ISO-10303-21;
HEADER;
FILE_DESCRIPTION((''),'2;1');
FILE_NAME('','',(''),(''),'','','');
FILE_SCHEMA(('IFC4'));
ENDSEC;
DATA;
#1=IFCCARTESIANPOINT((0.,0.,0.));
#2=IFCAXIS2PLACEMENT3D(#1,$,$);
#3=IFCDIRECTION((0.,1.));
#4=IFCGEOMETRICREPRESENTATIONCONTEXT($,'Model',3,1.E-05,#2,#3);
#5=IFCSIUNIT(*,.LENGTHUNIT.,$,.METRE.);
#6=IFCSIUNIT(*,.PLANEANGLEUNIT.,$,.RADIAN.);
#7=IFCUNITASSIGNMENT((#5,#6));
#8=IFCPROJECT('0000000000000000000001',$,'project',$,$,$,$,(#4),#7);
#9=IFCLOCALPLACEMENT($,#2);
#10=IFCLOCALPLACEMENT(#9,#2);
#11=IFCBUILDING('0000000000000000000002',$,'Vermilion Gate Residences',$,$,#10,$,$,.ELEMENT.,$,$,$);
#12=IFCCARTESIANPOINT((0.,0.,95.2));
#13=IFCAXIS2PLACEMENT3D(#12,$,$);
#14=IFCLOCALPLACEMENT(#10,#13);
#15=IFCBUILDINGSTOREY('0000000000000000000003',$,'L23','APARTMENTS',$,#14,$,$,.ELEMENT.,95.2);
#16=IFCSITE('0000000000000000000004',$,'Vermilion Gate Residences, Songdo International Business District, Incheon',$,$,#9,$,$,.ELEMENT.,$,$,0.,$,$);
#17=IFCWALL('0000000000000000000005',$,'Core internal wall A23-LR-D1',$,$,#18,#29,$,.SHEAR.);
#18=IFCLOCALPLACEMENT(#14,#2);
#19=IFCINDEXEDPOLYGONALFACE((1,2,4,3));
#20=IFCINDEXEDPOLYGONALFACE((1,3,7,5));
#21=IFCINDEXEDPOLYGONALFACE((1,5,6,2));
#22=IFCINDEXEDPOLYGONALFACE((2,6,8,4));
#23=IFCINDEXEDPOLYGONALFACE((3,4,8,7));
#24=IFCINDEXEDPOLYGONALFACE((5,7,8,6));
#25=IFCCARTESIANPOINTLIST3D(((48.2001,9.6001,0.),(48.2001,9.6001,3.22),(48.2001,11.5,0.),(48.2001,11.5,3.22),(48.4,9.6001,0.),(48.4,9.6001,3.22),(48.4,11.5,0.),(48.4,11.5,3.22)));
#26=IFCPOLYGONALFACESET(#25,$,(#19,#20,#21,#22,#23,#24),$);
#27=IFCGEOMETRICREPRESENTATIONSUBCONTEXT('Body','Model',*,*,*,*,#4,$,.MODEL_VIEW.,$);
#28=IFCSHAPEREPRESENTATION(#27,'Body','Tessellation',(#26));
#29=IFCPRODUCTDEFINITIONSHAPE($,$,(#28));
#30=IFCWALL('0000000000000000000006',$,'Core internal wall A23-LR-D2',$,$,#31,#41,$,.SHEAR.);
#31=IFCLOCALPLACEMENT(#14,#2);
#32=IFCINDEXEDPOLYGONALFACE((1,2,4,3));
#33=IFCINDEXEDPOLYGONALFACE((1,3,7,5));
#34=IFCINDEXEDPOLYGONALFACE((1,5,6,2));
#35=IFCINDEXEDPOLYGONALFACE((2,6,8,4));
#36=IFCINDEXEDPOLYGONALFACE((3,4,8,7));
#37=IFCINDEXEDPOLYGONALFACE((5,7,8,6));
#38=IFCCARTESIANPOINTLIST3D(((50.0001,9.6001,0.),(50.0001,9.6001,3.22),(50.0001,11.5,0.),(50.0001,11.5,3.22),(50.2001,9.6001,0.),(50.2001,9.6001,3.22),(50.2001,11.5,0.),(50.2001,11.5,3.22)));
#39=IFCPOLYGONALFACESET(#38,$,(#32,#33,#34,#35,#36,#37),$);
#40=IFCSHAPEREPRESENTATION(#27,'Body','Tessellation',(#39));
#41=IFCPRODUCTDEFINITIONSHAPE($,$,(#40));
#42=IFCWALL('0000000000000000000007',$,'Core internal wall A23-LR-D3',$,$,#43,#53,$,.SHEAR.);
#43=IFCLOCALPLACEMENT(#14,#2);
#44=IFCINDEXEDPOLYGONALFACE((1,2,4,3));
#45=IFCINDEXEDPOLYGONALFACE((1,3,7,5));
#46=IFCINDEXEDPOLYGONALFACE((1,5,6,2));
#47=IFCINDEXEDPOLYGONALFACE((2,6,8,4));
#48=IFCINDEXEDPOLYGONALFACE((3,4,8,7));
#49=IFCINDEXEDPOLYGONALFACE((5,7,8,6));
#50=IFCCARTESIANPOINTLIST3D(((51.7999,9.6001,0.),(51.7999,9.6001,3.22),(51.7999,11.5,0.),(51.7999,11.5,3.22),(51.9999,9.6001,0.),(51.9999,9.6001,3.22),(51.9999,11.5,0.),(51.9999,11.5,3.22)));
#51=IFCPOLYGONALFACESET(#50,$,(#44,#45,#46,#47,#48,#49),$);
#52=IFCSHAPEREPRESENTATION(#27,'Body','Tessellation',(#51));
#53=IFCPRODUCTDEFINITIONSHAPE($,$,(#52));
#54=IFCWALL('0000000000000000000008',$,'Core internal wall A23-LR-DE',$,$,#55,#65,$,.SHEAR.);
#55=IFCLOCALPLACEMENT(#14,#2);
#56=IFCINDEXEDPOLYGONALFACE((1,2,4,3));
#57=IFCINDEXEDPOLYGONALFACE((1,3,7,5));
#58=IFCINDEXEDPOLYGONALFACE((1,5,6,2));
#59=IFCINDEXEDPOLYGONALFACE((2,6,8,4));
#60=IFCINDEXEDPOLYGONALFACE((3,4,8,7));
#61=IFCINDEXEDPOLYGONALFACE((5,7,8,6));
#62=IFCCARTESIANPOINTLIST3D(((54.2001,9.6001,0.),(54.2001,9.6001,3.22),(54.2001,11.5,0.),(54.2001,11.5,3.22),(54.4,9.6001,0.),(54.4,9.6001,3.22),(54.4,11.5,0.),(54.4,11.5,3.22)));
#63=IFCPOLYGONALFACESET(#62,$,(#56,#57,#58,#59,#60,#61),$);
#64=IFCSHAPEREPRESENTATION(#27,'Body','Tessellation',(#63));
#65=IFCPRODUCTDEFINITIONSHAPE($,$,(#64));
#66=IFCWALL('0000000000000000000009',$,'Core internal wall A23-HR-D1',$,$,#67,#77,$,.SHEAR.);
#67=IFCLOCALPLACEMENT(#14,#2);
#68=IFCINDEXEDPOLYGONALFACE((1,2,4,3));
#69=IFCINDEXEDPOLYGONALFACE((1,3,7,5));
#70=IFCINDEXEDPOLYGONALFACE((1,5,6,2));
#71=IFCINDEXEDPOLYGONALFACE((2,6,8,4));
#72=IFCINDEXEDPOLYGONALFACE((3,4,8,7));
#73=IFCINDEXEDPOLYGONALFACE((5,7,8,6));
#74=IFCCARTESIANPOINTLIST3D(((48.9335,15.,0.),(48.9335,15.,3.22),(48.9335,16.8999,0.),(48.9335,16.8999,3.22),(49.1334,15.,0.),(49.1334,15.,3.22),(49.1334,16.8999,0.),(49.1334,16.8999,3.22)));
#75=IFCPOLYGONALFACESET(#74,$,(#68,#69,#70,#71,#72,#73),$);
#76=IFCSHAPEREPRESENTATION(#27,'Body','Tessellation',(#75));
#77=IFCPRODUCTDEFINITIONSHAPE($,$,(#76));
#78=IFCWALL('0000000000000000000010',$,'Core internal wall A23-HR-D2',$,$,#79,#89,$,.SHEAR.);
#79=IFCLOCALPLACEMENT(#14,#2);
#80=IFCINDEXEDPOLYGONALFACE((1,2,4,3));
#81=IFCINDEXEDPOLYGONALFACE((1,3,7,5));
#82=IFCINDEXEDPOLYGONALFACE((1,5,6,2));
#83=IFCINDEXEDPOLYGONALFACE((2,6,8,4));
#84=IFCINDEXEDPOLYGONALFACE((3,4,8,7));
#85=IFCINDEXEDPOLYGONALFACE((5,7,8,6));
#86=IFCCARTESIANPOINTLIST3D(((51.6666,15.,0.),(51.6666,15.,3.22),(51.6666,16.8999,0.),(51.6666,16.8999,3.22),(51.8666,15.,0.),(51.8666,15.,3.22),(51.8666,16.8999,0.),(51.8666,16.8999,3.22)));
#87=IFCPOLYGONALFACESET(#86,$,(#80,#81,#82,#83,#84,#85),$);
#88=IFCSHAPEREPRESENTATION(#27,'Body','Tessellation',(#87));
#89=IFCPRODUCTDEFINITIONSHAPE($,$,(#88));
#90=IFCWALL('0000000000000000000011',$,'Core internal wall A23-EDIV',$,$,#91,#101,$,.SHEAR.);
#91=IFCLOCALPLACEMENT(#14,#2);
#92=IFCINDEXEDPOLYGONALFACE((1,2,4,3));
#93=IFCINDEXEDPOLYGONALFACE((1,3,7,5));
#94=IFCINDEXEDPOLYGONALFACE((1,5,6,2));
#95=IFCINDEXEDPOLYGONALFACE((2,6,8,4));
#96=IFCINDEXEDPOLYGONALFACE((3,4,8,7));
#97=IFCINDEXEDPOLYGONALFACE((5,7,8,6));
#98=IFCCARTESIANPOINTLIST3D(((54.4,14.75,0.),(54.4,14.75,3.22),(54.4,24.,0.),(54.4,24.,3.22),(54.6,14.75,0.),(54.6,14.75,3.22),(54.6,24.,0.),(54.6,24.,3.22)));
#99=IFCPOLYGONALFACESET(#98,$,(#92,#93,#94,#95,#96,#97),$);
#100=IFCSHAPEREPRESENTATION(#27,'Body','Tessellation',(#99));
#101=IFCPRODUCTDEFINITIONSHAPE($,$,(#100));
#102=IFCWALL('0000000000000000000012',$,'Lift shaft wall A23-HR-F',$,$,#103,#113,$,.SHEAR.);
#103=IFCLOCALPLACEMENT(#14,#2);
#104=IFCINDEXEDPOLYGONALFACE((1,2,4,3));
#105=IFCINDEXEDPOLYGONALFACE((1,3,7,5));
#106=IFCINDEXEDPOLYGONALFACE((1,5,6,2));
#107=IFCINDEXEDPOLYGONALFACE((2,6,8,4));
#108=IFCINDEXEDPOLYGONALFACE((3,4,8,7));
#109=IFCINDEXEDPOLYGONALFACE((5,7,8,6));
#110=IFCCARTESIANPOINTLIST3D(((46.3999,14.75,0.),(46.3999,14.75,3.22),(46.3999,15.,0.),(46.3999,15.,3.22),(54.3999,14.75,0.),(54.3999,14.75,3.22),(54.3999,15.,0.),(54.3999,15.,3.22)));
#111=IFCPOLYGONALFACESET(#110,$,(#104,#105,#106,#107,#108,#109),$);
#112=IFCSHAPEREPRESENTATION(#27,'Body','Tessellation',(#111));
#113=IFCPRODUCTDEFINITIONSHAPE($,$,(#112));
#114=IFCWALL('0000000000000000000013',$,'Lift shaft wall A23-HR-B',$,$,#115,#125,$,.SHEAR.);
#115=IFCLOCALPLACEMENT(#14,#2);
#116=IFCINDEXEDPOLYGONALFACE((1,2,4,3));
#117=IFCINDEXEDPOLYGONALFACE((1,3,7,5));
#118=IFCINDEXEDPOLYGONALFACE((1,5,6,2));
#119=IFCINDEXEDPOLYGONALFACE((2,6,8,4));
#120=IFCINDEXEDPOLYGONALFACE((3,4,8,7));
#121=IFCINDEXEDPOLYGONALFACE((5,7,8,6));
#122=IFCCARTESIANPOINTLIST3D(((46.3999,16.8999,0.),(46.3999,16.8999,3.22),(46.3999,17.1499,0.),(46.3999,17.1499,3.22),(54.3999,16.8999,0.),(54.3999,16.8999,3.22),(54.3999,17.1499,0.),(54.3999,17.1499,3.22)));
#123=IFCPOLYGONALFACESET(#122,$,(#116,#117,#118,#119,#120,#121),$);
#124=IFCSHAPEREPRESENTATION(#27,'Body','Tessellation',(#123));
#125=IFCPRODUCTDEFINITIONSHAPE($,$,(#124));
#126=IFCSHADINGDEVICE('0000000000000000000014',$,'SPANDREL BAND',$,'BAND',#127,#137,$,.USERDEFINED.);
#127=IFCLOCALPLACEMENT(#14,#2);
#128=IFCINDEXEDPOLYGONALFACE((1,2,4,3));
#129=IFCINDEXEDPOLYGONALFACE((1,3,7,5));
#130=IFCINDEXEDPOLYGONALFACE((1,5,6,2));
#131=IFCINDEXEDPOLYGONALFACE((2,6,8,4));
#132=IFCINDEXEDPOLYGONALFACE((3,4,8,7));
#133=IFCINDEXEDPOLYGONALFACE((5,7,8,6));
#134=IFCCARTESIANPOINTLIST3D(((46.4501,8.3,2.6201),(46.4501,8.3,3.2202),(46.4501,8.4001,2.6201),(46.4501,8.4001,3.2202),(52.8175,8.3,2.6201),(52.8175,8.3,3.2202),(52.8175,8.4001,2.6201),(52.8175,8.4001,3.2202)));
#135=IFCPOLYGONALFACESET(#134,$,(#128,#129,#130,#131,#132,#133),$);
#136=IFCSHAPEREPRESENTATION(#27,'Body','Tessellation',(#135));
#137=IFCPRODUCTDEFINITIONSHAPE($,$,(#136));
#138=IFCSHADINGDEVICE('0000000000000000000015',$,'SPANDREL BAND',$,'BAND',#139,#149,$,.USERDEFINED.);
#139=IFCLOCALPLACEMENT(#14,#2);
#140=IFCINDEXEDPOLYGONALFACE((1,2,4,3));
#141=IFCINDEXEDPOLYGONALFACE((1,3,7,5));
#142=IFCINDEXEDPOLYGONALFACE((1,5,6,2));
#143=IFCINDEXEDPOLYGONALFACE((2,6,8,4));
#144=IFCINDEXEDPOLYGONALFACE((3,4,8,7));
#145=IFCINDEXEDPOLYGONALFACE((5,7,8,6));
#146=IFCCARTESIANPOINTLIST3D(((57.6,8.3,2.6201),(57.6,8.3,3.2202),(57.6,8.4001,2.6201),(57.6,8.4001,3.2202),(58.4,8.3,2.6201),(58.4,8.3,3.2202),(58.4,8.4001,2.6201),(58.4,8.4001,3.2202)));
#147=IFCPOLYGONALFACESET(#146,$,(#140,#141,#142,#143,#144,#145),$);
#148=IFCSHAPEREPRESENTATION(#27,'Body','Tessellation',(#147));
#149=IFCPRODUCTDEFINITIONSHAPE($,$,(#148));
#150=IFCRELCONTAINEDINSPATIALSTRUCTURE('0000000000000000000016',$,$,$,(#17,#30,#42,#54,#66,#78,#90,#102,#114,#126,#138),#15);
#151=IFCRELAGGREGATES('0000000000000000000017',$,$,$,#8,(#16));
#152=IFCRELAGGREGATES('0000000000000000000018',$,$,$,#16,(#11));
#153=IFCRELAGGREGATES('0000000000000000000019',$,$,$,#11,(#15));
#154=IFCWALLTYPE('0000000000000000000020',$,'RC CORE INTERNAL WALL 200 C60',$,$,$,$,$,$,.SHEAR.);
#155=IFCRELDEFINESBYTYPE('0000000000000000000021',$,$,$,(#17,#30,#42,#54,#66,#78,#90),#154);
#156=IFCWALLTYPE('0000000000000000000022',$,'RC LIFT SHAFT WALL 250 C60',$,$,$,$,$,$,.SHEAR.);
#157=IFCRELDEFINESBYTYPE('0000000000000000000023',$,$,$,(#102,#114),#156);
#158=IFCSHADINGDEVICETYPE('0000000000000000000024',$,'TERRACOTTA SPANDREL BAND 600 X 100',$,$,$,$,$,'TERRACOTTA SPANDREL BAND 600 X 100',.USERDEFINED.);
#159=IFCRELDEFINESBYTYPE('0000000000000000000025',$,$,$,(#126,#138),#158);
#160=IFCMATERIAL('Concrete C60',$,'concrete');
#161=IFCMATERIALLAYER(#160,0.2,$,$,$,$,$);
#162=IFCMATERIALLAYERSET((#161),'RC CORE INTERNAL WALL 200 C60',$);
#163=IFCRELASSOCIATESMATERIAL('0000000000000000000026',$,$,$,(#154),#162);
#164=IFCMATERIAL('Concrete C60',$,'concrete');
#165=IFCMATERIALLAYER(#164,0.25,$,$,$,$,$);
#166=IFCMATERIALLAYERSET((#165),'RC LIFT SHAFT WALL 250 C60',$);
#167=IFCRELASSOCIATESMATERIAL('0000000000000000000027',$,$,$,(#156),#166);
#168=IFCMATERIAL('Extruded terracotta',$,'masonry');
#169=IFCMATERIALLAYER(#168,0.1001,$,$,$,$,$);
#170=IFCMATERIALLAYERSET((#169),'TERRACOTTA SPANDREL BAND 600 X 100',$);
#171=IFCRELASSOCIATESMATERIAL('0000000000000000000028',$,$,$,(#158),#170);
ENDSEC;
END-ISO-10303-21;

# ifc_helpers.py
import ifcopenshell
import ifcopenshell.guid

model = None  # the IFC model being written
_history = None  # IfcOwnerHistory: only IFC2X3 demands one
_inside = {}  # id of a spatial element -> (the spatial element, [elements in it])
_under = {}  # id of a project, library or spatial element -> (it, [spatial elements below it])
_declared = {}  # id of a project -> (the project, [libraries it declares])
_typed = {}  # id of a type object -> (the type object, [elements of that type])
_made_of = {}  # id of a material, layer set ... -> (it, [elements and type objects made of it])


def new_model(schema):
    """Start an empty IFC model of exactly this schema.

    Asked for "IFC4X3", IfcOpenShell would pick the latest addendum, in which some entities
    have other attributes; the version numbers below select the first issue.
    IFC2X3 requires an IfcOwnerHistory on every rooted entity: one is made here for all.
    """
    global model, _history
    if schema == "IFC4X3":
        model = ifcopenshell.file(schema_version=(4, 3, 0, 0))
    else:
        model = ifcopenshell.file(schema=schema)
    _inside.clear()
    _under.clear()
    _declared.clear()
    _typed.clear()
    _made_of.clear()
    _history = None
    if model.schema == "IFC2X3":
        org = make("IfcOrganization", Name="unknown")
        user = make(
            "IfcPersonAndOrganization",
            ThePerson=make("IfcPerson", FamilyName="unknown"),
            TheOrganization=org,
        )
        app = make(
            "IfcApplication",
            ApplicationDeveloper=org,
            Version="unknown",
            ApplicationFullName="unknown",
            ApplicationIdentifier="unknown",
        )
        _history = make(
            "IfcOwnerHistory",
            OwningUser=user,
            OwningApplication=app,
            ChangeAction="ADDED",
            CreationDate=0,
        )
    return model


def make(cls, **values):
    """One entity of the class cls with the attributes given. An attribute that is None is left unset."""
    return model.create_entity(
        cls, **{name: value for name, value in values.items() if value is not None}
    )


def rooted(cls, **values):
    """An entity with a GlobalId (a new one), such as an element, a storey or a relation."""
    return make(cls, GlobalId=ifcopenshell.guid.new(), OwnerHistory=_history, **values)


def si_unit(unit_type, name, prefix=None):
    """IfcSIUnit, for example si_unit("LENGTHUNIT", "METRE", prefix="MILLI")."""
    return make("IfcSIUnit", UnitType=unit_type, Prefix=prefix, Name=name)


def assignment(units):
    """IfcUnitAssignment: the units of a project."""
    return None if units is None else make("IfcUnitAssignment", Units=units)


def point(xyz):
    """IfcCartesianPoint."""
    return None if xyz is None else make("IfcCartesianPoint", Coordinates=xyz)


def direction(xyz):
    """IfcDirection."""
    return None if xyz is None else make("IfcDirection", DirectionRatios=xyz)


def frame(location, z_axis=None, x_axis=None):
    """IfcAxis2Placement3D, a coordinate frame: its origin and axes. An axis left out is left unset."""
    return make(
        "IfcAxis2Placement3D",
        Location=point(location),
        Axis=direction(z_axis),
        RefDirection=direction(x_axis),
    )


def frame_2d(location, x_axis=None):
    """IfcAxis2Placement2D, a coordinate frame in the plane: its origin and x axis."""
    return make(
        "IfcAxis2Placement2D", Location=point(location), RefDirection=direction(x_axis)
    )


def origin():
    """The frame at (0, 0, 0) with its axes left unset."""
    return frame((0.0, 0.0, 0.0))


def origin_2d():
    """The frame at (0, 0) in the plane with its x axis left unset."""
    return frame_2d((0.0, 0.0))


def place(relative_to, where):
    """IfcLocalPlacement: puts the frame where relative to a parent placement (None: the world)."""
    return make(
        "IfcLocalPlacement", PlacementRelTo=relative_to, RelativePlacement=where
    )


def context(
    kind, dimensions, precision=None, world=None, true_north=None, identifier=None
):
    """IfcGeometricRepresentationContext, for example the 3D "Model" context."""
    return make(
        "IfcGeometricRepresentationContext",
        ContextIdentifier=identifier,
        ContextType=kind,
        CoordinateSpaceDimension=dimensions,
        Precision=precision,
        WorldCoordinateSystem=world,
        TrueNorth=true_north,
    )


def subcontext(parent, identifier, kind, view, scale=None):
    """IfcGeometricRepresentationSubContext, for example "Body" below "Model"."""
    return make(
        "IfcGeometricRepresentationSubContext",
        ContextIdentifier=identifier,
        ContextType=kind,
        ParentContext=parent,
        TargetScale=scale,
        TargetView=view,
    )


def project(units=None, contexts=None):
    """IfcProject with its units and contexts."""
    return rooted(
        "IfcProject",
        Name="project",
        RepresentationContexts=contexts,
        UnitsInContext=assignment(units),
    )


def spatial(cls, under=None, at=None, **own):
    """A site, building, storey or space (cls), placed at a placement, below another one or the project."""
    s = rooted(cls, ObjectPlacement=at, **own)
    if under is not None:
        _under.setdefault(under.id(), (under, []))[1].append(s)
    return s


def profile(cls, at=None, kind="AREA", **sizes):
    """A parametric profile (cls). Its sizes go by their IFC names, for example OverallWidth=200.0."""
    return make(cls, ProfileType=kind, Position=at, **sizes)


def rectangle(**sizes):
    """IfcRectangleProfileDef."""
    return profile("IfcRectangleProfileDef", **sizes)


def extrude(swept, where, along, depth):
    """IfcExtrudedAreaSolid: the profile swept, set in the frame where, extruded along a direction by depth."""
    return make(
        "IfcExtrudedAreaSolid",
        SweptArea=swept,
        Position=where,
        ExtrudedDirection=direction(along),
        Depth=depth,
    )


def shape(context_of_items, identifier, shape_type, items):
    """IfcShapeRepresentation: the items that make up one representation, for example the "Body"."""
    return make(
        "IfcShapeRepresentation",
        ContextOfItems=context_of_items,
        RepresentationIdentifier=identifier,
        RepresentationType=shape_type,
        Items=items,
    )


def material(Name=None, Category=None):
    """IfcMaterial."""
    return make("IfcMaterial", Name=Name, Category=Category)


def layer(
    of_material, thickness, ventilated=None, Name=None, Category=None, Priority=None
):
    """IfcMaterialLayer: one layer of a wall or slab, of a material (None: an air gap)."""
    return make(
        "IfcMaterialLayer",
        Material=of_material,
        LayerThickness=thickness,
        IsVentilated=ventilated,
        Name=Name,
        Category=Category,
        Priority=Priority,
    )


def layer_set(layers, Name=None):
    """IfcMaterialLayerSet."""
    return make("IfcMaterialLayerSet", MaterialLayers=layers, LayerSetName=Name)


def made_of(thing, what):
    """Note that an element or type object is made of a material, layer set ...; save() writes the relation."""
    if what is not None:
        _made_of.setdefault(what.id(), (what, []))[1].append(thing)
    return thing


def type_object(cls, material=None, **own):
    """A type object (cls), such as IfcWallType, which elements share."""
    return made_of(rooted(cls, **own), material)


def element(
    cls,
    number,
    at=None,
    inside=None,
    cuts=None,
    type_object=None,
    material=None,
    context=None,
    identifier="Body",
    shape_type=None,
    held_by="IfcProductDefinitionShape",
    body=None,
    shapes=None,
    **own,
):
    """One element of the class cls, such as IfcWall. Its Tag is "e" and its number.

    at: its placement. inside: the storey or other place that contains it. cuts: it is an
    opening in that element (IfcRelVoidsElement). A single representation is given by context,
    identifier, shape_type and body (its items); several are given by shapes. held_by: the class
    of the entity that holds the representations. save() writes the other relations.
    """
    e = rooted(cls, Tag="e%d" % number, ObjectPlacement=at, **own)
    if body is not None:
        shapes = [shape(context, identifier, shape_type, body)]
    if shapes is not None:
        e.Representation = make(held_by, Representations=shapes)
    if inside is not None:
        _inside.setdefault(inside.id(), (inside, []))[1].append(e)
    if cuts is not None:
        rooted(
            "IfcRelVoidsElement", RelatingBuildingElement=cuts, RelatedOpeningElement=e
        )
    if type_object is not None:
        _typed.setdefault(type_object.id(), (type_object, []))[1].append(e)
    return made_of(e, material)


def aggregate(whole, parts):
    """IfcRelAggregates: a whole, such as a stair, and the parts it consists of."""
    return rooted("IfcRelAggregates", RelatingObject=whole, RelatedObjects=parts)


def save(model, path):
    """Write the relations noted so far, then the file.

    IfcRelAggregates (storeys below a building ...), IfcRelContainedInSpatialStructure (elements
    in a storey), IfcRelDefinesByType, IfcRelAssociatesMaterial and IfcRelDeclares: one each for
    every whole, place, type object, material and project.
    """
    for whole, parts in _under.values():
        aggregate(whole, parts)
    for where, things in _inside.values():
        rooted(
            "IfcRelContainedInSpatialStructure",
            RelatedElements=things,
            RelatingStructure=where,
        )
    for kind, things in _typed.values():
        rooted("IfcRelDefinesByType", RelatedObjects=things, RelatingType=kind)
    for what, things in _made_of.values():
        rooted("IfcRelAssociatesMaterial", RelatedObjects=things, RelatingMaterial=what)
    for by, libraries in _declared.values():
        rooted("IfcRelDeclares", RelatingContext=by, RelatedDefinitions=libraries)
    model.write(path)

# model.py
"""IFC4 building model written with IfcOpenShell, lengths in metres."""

from ifc_helpers import new_model, si_unit, direction, frame, frame_2d, origin, origin_2d, place, context, subcontext, project, spatial, rectangle, extrude, material, layer, layer_set, type_object, element, save


model = new_model("IFC4")

# Units and contexts
model_context = context("Model", 3, precision=1e-05, world=origin(), true_north=direction((0.0, 1.0)))
body_context = subcontext(model_context, "Body", "Model", "MODEL_VIEW")
ifc_project = project(units=[si_unit("LENGTHUNIT", "METRE"), si_unit("PLANEANGLEUNIT", "RADIAN")], contexts=[model_context])

# Site, building, storey
site_placement = place(None, origin())
site = spatial("IfcSite", under=ifc_project, at=site_placement, Name="Vermilion Gate Residences, Songdo International Business District, Incheon", CompositionType="ELEMENT", RefElevation=0.0)
building_placement = place(site_placement, origin())
building = spatial("IfcBuilding", under=site, at=building_placement, Name="Vermilion Gate Residences", CompositionType="ELEMENT")
storey_placement = place(building_placement, frame((0.0, 0.0, 95.2)))
storey = spatial("IfcBuildingStorey", under=building, at=storey_placement, Name="L23", Description="APARTMENTS", CompositionType="ELEMENT", Elevation=95.2)

# Walls
ifc_material_1 = material(Name="Concrete C60", Category="concrete")
ifc_layer_1 = layer(ifc_material_1, 0.2)
ifc_layer_set_1 = layer_set([ifc_layer_1], Name="RC CORE INTERNAL WALL 200 C60")
wall_type_1 = type_object("IfcWallType", Name="RC CORE INTERNAL WALL 200 C60", PredefinedType="SHEAR", material=ifc_layer_set_1)
for number, where, z_axis, x_axis, name in (
    (1, (48.3, 9.6001, 0.0), (0.0, 0.0, 1.0), (0.0, 1.0, 0.0), "Core internal wall A23-LR-D1"),
    (2, (50.1001, 9.6001, 0.0), (0.0, 0.0, 1.0), (0.0, 1.0, 0.0), "Core internal wall A23-LR-D2"),
    (3, (51.8999, 9.6001, 0.0), (0.0, 0.0, 1.0), (0.0, 1.0, 0.0), "Core internal wall A23-LR-D3"),
    (4, (54.3, 9.6001, 0.0), (0.0, 0.0, 1.0), (0.0, 1.0, 0.0), "Core internal wall A23-LR-DE"),
    (5, (49.0334, 15.0, 0.0), (0.0, 0.0, 1.0), (0.0, 1.0, 0.0), "Core internal wall A23-HR-D1"),
    (6, (51.7666, 15.0, 0.0), (0.0, 0.0, 1.0), (0.0, 1.0, 0.0), "Core internal wall A23-HR-D2"),
):
    element("IfcWall", number, at=place(storey_placement, frame(where, z_axis=z_axis, x_axis=x_axis)), inside=storey, type_object=wall_type_1, Name=name, PredefinedType="SHEAR", context=body_context, shape_type="SweptSolid", body=[
        extrude(rectangle(XDim=1.8999, YDim=0.2, at=frame_2d((0.95, 0.0))), origin(), (0.0, 0.0, 1.0), 3.22),
    ])
wall_1_placement = place(storey_placement, frame((54.5, 14.75, 0.0), z_axis=(0.0, 0.0, 1.0), x_axis=(0.0, 1.0, 0.0)))
element("IfcWall", 7, at=wall_1_placement, inside=storey, type_object=wall_type_1, Name="Core internal wall A23-EDIV", PredefinedType="SHEAR", context=body_context, shape_type="SweptSolid", body=[
    extrude(rectangle(XDim=9.25, YDim=0.2, at=frame_2d((4.625, 0.0))), origin(), (0.0, 0.0, 1.0), 3.22),
])
ifc_material_2 = material(Name="Concrete C60", Category="concrete")
ifc_layer_2 = layer(ifc_material_2, 0.25)
ifc_layer_set_2 = layer_set([ifc_layer_2], Name="RC LIFT SHAFT WALL 250 C60")
wall_type_2 = type_object("IfcWallType", Name="RC LIFT SHAFT WALL 250 C60", PredefinedType="SHEAR", material=ifc_layer_set_2)
for number, where, z_axis, x_axis, name in (
    (8, (46.3999, 14.875, 0.0), (0.0, 0.0, 1.0), (1.0, 0.0, 0.0), "Lift shaft wall A23-HR-F"),
    (9, (46.3999, 17.0249, 0.0), (0.0, 0.0, 1.0), (1.0, 0.0, 0.0), "Lift shaft wall A23-HR-B"),
):
    element("IfcWall", number, at=place(storey_placement, frame(where, z_axis=z_axis, x_axis=x_axis)), inside=storey, type_object=wall_type_2, Name=name, PredefinedType="SHEAR", context=body_context, shape_type="SweptSolid", body=[
        extrude(rectangle(XDim=8.0, YDim=0.25, at=frame_2d((4.0, 0.0))), origin(), (0.0, 0.0, 1.0), 3.22),
    ])

# Shading devices
ifc_material_3 = material(Name="Extruded terracotta", Category="masonry")
ifc_layer_3 = layer(ifc_material_3, 0.1001)
ifc_layer_set_3 = layer_set([ifc_layer_3], Name="TERRACOTTA SPANDREL BAND 600 X 100")
shading_device_type = type_object("IfcShadingDeviceType", Name="TERRACOTTA SPANDREL BAND 600 X 100", ElementType="TERRACOTTA SPANDREL BAND 600 X 100", PredefinedType="USERDEFINED", material=ifc_layer_set_3)
shading_device_1_placement = place(storey_placement, frame((49.6338, 8.3501, 2.6201), z_axis=(0.0, 0.0, 1.0), x_axis=(1.0, 0.0, 0.0)))
element("IfcShadingDevice", 10, at=shading_device_1_placement, inside=storey, type_object=shading_device_type, Name="SPANDREL BAND", ObjectType="BAND", PredefinedType="USERDEFINED", context=body_context, shape_type="SweptSolid", body=[
    extrude(rectangle(XDim=6.3674, YDim=0.1001, at=origin_2d()), origin(), (0.0, 0.0, 1.0), 0.6001),
])
shading_device_2_placement = place(storey_placement, frame((58.0, 8.3501, 2.6201), z_axis=(0.0, 0.0, 1.0), x_axis=(1.0, 0.0, 0.0)))
element("IfcShadingDevice", 11, at=shading_device_2_placement, inside=storey, type_object=shading_device_type, Name="SPANDREL BAND", ObjectType="BAND", PredefinedType="USERDEFINED", context=body_context, shape_type="SweptSolid", body=[
    extrude(rectangle(XDim=0.8, YDim=0.1001, at=origin_2d()), origin(), (0.0, 0.0, 1.0), 0.6001),
])

save(model, "model.ifc")
